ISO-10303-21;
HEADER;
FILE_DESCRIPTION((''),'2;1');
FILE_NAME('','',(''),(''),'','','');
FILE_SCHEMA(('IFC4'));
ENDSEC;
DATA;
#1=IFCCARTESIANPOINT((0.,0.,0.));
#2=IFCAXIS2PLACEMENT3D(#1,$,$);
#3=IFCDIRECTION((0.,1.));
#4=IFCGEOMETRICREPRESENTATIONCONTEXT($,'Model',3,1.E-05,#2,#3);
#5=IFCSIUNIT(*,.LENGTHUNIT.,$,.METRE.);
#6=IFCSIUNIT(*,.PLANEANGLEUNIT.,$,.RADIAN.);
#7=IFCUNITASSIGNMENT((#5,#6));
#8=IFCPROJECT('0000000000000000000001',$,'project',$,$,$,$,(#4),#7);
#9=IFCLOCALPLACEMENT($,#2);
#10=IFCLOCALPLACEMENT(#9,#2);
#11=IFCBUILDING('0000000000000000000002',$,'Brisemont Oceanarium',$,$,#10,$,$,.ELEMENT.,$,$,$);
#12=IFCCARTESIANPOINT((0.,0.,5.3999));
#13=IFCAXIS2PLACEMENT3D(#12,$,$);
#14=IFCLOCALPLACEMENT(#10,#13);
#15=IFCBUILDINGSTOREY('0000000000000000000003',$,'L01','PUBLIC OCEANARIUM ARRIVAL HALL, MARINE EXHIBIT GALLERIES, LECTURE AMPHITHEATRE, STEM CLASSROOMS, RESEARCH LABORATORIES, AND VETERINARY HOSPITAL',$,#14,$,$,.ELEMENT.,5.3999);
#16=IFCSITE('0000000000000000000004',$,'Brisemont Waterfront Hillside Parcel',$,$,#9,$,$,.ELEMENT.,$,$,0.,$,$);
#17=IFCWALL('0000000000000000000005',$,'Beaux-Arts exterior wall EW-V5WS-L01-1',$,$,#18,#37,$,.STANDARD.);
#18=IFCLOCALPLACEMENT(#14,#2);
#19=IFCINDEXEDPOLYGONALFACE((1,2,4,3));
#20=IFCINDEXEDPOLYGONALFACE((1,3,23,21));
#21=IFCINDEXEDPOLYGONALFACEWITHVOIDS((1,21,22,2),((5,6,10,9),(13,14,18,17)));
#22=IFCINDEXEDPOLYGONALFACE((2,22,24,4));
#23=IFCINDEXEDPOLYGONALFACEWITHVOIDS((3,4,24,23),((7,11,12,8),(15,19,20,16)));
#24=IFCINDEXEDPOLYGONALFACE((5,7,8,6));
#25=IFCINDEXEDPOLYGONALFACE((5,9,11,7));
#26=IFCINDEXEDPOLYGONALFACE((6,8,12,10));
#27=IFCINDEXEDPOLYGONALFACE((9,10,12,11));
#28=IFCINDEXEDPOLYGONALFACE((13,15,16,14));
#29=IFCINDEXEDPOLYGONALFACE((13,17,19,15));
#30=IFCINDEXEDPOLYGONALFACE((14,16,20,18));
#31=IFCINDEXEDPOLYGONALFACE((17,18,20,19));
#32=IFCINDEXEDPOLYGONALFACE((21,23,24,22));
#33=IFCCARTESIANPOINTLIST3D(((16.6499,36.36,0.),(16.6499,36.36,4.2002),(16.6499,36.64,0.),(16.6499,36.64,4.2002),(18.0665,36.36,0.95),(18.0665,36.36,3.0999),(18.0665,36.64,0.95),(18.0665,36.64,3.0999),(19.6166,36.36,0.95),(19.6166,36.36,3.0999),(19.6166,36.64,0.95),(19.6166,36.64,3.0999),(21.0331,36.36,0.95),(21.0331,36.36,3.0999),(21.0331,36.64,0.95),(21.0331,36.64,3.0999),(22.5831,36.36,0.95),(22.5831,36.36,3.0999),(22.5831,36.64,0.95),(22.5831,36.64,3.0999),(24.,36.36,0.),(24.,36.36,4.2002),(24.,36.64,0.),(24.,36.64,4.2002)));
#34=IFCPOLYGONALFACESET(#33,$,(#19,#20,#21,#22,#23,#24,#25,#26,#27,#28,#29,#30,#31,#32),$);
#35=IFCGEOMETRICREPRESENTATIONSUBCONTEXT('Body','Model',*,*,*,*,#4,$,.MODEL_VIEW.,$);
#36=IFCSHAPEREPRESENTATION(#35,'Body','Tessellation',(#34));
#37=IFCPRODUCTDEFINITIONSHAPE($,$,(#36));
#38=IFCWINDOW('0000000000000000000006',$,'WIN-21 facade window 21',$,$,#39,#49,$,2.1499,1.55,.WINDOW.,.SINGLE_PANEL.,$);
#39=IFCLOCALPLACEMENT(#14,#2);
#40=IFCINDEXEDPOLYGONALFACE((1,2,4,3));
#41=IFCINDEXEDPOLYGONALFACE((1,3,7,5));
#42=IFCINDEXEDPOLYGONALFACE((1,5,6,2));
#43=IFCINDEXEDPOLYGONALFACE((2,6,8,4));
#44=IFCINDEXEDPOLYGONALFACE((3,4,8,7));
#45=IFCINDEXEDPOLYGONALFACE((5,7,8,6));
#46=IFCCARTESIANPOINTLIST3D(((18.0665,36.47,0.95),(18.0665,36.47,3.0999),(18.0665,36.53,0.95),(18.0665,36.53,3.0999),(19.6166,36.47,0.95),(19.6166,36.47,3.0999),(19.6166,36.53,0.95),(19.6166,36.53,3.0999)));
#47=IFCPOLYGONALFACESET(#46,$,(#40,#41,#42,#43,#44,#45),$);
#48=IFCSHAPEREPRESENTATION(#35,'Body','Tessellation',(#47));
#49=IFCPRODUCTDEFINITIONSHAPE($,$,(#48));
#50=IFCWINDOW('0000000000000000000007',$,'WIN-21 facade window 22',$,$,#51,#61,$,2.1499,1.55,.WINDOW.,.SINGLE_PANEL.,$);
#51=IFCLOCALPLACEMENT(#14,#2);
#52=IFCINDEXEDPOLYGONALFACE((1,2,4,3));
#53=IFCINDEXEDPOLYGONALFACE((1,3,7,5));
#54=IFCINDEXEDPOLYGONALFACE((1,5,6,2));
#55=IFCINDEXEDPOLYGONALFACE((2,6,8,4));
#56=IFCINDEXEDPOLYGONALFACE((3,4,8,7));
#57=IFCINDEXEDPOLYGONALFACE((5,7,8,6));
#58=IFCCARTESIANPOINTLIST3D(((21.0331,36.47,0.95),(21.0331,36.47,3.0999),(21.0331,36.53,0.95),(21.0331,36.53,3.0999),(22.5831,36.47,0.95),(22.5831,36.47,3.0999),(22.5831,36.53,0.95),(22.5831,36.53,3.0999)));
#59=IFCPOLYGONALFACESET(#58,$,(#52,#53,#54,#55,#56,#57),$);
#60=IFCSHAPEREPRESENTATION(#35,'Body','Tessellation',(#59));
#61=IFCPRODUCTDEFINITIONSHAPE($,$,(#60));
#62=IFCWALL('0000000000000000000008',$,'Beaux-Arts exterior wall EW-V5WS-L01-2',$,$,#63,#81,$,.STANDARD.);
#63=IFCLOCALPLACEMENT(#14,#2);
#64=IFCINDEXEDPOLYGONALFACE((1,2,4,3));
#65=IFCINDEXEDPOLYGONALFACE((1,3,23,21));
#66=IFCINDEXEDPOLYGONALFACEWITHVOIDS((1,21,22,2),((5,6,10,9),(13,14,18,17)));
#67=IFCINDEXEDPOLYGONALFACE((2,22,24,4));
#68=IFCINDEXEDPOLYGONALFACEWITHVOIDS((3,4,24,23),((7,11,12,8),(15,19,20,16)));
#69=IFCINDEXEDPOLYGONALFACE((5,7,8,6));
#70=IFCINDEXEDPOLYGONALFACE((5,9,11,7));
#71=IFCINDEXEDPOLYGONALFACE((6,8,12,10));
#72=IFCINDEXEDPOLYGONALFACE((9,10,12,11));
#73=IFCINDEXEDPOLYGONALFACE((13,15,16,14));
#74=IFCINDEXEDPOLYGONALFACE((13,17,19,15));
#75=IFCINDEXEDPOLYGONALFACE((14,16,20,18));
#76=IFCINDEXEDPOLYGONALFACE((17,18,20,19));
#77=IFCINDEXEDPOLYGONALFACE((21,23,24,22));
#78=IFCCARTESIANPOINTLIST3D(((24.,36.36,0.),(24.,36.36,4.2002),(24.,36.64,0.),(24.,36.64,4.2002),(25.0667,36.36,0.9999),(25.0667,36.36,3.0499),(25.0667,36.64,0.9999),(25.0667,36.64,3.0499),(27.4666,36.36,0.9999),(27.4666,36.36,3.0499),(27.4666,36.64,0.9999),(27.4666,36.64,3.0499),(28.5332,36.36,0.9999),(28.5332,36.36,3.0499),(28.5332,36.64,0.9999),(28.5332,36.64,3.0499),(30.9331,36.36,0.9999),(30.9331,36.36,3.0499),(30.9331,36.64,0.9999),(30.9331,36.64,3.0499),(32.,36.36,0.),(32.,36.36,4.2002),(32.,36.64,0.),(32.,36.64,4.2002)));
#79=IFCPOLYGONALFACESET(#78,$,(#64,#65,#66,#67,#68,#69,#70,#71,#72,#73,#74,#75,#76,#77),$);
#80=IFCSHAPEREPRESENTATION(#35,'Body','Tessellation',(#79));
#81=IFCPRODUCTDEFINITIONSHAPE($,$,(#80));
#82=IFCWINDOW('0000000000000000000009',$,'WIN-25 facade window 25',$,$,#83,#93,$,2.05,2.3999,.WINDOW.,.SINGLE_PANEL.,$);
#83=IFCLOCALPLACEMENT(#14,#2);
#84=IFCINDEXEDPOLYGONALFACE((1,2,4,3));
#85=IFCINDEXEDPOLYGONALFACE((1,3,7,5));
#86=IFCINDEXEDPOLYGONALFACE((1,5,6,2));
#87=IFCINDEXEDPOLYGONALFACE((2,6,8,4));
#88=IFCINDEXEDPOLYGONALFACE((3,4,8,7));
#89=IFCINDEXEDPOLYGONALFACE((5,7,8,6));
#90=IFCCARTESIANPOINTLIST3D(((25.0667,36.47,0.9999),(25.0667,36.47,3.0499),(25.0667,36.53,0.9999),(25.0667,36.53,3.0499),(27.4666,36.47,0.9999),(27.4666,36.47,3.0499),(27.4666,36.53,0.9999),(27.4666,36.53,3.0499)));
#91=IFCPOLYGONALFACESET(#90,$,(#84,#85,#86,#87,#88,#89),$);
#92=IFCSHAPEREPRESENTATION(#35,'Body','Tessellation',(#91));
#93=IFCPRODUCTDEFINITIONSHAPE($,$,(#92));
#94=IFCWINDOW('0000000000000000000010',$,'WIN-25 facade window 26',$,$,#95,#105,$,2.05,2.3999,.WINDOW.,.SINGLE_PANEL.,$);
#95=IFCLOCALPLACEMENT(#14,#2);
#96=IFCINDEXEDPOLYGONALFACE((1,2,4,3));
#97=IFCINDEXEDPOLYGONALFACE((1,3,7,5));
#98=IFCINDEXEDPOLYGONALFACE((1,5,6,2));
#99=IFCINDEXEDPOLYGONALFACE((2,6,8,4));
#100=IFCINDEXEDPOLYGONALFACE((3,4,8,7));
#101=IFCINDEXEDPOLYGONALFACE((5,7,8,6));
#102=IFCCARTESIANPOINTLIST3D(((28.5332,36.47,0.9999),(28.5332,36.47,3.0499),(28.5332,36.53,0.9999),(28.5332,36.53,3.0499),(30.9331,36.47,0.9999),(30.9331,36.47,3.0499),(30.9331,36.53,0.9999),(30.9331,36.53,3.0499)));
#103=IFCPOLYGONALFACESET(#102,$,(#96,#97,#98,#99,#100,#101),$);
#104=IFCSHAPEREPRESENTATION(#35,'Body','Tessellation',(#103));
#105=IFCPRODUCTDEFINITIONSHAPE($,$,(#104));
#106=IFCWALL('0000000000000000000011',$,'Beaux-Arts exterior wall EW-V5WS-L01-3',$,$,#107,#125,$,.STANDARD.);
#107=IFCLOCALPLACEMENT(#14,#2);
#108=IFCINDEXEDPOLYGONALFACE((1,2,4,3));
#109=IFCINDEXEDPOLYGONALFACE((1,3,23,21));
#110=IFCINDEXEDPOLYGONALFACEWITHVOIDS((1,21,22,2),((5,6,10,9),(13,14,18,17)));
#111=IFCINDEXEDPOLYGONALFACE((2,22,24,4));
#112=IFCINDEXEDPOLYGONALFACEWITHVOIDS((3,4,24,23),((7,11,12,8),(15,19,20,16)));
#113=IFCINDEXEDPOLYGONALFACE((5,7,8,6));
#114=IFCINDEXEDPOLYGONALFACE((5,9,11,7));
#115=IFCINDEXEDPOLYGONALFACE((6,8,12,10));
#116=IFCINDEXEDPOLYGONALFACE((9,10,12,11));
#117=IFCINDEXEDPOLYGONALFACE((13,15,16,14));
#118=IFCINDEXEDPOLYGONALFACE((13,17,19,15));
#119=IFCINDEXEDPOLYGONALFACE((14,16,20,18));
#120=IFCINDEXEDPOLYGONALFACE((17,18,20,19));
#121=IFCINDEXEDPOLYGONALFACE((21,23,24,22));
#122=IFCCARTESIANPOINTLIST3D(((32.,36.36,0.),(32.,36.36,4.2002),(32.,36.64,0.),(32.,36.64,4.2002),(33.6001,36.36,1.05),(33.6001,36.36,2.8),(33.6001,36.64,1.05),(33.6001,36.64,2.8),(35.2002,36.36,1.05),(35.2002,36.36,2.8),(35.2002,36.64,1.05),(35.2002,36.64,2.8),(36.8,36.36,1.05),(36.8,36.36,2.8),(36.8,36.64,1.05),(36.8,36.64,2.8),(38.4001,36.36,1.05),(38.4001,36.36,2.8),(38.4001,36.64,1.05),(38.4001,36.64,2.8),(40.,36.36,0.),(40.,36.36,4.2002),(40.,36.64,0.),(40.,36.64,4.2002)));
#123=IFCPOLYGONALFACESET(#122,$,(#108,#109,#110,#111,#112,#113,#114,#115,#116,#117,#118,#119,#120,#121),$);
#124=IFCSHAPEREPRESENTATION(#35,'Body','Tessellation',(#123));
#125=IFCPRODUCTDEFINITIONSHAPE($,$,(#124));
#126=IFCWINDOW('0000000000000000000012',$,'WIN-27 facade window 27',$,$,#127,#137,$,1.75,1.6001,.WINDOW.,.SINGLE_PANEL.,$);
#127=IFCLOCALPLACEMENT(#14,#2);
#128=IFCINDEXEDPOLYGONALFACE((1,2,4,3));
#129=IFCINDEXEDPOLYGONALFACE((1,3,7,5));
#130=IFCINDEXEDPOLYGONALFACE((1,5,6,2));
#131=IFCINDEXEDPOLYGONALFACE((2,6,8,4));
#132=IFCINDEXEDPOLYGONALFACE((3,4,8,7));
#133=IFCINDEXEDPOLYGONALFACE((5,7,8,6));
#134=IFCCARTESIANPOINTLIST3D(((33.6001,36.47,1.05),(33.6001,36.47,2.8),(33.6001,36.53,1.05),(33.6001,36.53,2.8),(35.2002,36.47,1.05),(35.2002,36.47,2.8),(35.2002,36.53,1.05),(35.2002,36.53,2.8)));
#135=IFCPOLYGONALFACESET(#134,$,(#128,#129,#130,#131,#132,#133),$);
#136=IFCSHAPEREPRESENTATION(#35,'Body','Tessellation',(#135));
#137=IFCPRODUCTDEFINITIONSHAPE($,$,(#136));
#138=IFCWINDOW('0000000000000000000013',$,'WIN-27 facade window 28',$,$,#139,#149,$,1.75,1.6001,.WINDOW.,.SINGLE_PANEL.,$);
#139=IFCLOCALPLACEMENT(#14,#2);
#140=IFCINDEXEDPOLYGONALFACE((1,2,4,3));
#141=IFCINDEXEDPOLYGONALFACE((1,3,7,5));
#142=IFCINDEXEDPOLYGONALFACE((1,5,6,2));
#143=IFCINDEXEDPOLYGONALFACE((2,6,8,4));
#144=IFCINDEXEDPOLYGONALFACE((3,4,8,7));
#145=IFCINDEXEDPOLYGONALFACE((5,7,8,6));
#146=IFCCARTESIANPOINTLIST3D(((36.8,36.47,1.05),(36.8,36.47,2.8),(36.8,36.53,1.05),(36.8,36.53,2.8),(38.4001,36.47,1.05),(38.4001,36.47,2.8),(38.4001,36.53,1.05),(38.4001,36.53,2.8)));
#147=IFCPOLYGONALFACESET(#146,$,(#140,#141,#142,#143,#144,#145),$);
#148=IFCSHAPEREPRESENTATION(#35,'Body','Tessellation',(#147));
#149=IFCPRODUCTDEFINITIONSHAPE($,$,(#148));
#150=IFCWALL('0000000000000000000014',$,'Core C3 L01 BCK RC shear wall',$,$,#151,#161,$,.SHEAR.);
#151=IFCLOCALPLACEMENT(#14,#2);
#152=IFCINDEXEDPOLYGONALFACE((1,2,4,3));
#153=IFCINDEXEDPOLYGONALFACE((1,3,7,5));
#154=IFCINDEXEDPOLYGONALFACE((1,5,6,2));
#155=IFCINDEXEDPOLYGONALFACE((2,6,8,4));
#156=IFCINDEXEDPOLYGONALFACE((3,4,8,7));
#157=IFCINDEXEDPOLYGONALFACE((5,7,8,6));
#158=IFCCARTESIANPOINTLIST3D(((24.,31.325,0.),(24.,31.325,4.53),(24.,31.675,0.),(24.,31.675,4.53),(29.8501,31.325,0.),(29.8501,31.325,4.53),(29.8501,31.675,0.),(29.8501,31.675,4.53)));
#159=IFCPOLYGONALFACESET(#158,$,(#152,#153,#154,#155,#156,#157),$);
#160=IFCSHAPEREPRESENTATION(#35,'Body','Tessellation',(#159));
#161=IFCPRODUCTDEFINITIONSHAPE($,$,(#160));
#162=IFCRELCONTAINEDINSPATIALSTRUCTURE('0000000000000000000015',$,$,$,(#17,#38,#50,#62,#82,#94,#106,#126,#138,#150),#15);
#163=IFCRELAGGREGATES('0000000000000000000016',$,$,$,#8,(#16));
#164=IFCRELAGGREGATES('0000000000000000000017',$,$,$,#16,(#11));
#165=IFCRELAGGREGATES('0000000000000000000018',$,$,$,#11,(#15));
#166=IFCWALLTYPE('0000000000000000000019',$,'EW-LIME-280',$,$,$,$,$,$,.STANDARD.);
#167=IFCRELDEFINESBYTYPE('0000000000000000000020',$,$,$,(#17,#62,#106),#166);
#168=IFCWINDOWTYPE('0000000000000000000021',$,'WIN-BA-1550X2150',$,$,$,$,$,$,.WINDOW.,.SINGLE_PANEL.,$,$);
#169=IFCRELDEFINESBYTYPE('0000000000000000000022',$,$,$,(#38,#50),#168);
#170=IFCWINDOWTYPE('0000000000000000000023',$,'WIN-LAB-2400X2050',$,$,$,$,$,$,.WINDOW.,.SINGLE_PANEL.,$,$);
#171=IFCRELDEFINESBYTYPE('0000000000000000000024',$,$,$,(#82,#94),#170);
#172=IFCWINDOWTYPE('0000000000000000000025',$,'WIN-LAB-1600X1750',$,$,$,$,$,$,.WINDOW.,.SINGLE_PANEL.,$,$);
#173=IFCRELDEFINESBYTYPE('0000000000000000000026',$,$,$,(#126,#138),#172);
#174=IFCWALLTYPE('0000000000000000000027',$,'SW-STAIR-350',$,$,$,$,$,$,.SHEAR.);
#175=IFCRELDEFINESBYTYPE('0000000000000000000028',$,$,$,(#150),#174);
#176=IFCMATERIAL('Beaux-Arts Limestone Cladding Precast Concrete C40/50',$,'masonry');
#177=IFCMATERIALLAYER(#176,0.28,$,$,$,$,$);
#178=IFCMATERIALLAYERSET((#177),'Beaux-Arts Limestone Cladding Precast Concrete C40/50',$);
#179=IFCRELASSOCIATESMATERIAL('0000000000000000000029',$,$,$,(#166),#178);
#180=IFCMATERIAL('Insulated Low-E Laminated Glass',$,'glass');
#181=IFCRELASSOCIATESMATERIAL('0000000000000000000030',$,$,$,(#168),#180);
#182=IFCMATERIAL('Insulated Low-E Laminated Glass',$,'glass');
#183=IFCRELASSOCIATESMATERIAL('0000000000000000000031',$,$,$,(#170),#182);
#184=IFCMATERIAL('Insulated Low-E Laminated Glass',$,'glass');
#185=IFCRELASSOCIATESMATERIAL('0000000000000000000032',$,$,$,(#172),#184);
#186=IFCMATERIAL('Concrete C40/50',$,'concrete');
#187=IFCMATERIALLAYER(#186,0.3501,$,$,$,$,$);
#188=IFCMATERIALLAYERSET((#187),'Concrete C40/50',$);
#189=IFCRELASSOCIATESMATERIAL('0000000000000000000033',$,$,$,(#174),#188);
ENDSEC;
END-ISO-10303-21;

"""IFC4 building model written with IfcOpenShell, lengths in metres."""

from ifc_helpers import new_model, si_unit, direction, frame, frame_2d, origin, place, context, subcontext, project, spatial, rectangle, extrude, material, layer, layer_set, type_object, element, fill, save


model = new_model("IFC4")

# Units and contexts
model_context = context("Model", 3, precision=1e-05, world=origin(), true_north=direction((0.0, 1.0)))
body_context = subcontext(model_context, "Body", "Model", "MODEL_VIEW")
ifc_project = project(units=[si_unit("LENGTHUNIT", "METRE"), si_unit("PLANEANGLEUNIT", "RADIAN")], contexts=[model_context])

# Site, building, storey
site_placement = place(None, origin())
site = spatial("IfcSite", under=ifc_project, at=site_placement, Name="Brisemont Waterfront Hillside Parcel", CompositionType="ELEMENT", RefElevation=0.0)
building_placement = place(site_placement, origin())
building = spatial("IfcBuilding", under=site, at=building_placement, Name="Brisemont Oceanarium", CompositionType="ELEMENT")
storey_placement = place(building_placement, frame((0.0, 0.0, 5.3999)))
storey = spatial("IfcBuildingStorey", under=building, at=storey_placement, Name="L01", Description="PUBLIC OCEANARIUM ARRIVAL HALL, MARINE EXHIBIT GALLERIES, LECTURE AMPHITHEATRE, STEM CLASSROOMS, RESEARCH LABORATORIES, AND VETERINARY HOSPITAL", CompositionType="ELEMENT", Elevation=5.3999)

# Walls, openings, windows
ifc_material_1 = material(Name="Beaux-Arts Limestone Cladding Precast Concrete C40/50", Category="masonry")
ifc_layer_1 = layer(ifc_material_1, 0.28)
ifc_layer_set_1 = layer_set([ifc_layer_1], Name="Beaux-Arts Limestone Cladding Precast Concrete C40/50")
wall_type_1 = type_object("IfcWallType", Name="EW-LIME-280", PredefinedType="STANDARD", material=ifc_layer_set_1)
wall_1_placement = place(storey_placement, frame((16.6499, 36.5, 0.0), z_axis=(0.0, 0.0, 1.0), x_axis=(1.0, 0.0, 0.0)))
wall_1 = element("IfcWall", 1, at=wall_1_placement, inside=storey, type_object=wall_type_1, Name="Beaux-Arts exterior wall EW-V5WS-L01-1", PredefinedType="STANDARD", context=body_context, shape_type="SweptSolid", body=[
    extrude(rectangle(XDim=7.3501, YDim=0.28, at=frame_2d((3.675, 0.0))), origin(), (0.0, 0.0, 1.0), 4.2002),
])
opening_1_placement = place(wall_1_placement, frame((1.4167, 0.0, 0.95)))
opening_1 = element("IfcOpeningElement", 2, at=opening_1_placement, cuts=wall_1, PredefinedType="OPENING", context=body_context, shape_type="SweptSolid", body=[
    extrude(rectangle(XDim=1.55, YDim=2.1499, at=frame_2d((0.7749, 1.075))), frame((0.0, 0.1499, 0.0), z_axis=(0.0, -1.0, 0.0), x_axis=(1.0, 0.0, 0.0)), (0.0, 0.0, 1.0), 0.3),
])
opening_2_placement = place(wall_1_placement, frame((4.3833, 0.0, 0.95)))
opening_2 = element("IfcOpeningElement", 3, at=opening_2_placement, cuts=wall_1, PredefinedType="OPENING", context=body_context, shape_type="SweptSolid", body=[
    extrude(rectangle(XDim=1.55, YDim=2.1499, at=frame_2d((0.7749, 1.075))), frame((0.0, 0.1499, 0.0), z_axis=(0.0, -1.0, 0.0), x_axis=(1.0, 0.0, 0.0)), (0.0, 0.0, 1.0), 0.3),
])
ifc_material_2 = material(Name="Insulated Low-E Laminated Glass", Category="glass")
window_type_1 = type_object("IfcWindowType", Name="WIN-BA-1550X2150", PartitioningType="SINGLE_PANEL", PredefinedType="WINDOW", material=ifc_material_2)
window_1_placement = place(opening_1_placement, origin())
window_1 = element("IfcWindow", 4, at=window_1_placement, inside=storey, type_object=window_type_1, Name="WIN-21 facade window 21", OverallHeight=2.1499, OverallWidth=1.55, PartitioningType="SINGLE_PANEL", PredefinedType="WINDOW", context=body_context, shape_type="SweptSolid", body=[
    extrude(rectangle(XDim=1.55, YDim=2.1499, at=frame_2d((0.7749, 1.075))), frame((0.0, 0.03, 0.0), z_axis=(0.0, -1.0, 0.0), x_axis=(1.0, 0.0, 0.0)), (0.0, 0.0, 1.0), 0.0601),
])
fill(opening_1, window_1)
window_2_placement = place(opening_2_placement, origin())
window_2 = element("IfcWindow", 5, at=window_2_placement, inside=storey, type_object=window_type_1, Name="WIN-21 facade window 22", OverallHeight=2.1499, OverallWidth=1.55, PartitioningType="SINGLE_PANEL", PredefinedType="WINDOW", context=body_context, shape_type="SweptSolid", body=[
    extrude(rectangle(XDim=1.55, YDim=2.1499, at=frame_2d((0.7749, 1.075))), frame((0.0, 0.03, 0.0), z_axis=(0.0, -1.0, 0.0), x_axis=(1.0, 0.0, 0.0)), (0.0, 0.0, 1.0), 0.0601),
])
fill(opening_2, window_2)
wall_2_placement = place(storey_placement, frame((24.0, 36.5, 0.0), z_axis=(0.0, 0.0, 1.0), x_axis=(1.0, 0.0, 0.0)))
wall_2 = element("IfcWall", 6, at=wall_2_placement, inside=storey, type_object=wall_type_1, Name="Beaux-Arts exterior wall EW-V5WS-L01-2", PredefinedType="STANDARD", context=body_context, shape_type="SweptSolid", body=[
    extrude(rectangle(XDim=8.0, YDim=0.28, at=frame_2d((4.0, 0.0))), origin(), (0.0, 0.0, 1.0), 4.2002),
])
opening_3_placement = place(wall_2_placement, frame((1.0667, 0.0, 1.0)))
opening_3 = element("IfcOpeningElement", 7, at=opening_3_placement, cuts=wall_2, PredefinedType="OPENING", context=body_context, shape_type="SweptSolid", body=[
    extrude(rectangle(XDim=2.3999, YDim=2.05, at=frame_2d((1.2, 1.0249))), frame((0.0, 0.1499, 0.0), z_axis=(0.0, -1.0, 0.0), x_axis=(1.0, 0.0, 0.0)), (0.0, 0.0, 1.0), 0.3),
])
opening_4_placement = place(wall_2_placement, frame((4.5332, 0.0, 1.0)))
opening_4 = element("IfcOpeningElement", 8, at=opening_4_placement, cuts=wall_2, PredefinedType="OPENING", context=body_context, shape_type="SweptSolid", body=[
    extrude(rectangle(XDim=2.3999, YDim=2.05, at=frame_2d((1.2, 1.0249))), frame((0.0, 0.1499, 0.0), z_axis=(0.0, -1.0, 0.0), x_axis=(1.0, 0.0, 0.0)), (0.0, 0.0, 1.0), 0.3),
])
ifc_material_3 = material(Name="Insulated Low-E Laminated Glass", Category="glass")
window_type_2 = type_object("IfcWindowType", Name="WIN-LAB-2400X2050", PartitioningType="SINGLE_PANEL", PredefinedType="WINDOW", material=ifc_material_3)
window_3_placement = place(opening_3_placement, origin())
window_3 = element("IfcWindow", 9, at=window_3_placement, inside=storey, type_object=window_type_2, Name="WIN-25 facade window 25", OverallHeight=2.05, OverallWidth=2.3999, PartitioningType="SINGLE_PANEL", PredefinedType="WINDOW", context=body_context, shape_type="SweptSolid", body=[
    extrude(rectangle(XDim=2.3999, YDim=2.05, at=frame_2d((1.2, 1.0249))), frame((0.0, 0.03, 0.0), z_axis=(0.0, -1.0, 0.0), x_axis=(1.0, 0.0, 0.0)), (0.0, 0.0, 1.0), 0.0601),
])
fill(opening_3, window_3)
window_4_placement = place(opening_4_placement, origin())
window_4 = element("IfcWindow", 10, at=window_4_placement, inside=storey, type_object=window_type_2, Name="WIN-25 facade window 26", OverallHeight=2.05, OverallWidth=2.3999, PartitioningType="SINGLE_PANEL", PredefinedType="WINDOW", context=body_context, shape_type="SweptSolid", body=[
    extrude(rectangle(XDim=2.3999, YDim=2.05, at=frame_2d((1.2, 1.0249))), frame((0.0, 0.03, 0.0), z_axis=(0.0, -1.0, 0.0), x_axis=(1.0, 0.0, 0.0)), (0.0, 0.0, 1.0), 0.0601),
])
fill(opening_4, window_4)
wall_3_placement = place(storey_placement, frame((32.0, 36.5, 0.0), z_axis=(0.0, 0.0, 1.0), x_axis=(1.0, 0.0, 0.0)))
wall_3 = element("IfcWall", 11, at=wall_3_placement, inside=storey, type_object=wall_type_1, Name="Beaux-Arts exterior wall EW-V5WS-L01-3", PredefinedType="STANDARD", context=body_context, shape_type="SweptSolid", body=[
    extrude(rectangle(XDim=8.0, YDim=0.28, at=frame_2d((4.0, 0.0))), origin(), (0.0, 0.0, 1.0), 4.2002),
])
opening_5_placement = place(wall_3_placement, frame((1.6001, 0.0, 1.05)))
opening_5 = element("IfcOpeningElement", 12, at=opening_5_placement, cuts=wall_3, PredefinedType="OPENING", context=body_context, shape_type="SweptSolid", body=[
    extrude(rectangle(XDim=1.6001, YDim=1.75, at=frame_2d((0.8, 0.875))), frame((0.0, 0.1499, 0.0), z_axis=(0.0, -1.0, 0.0), x_axis=(1.0, 0.0, 0.0)), (0.0, 0.0, 1.0), 0.3),
])
opening_6_placement = place(wall_3_placement, frame((4.8, 0.0, 1.05)))
opening_6 = element("IfcOpeningElement", 13, at=opening_6_placement, cuts=wall_3, PredefinedType="OPENING", context=body_context, shape_type="SweptSolid", body=[
    extrude(rectangle(XDim=1.6001, YDim=1.75, at=frame_2d((0.8, 0.875))), frame((0.0, 0.1499, 0.0), z_axis=(0.0, -1.0, 0.0), x_axis=(1.0, 0.0, 0.0)), (0.0, 0.0, 1.0), 0.3),
])
ifc_material_4 = material(Name="Insulated Low-E Laminated Glass", Category="glass")
window_type_3 = type_object("IfcWindowType", Name="WIN-LAB-1600X1750", PartitioningType="SINGLE_PANEL", PredefinedType="WINDOW", material=ifc_material_4)
window_5_placement = place(opening_5_placement, origin())
window_5 = element("IfcWindow", 14, at=window_5_placement, inside=storey, type_object=window_type_3, Name="WIN-27 facade window 27", OverallHeight=1.75, OverallWidth=1.6001, PartitioningType="SINGLE_PANEL", PredefinedType="WINDOW", context=body_context, shape_type="SweptSolid", body=[
    extrude(rectangle(XDim=1.6001, YDim=1.75, at=frame_2d((0.8, 0.875))), frame((0.0, 0.03, 0.0), z_axis=(0.0, -1.0, 0.0), x_axis=(1.0, 0.0, 0.0)), (0.0, 0.0, 1.0), 0.0601),
])
fill(opening_5, window_5)
window_6_placement = place(opening_6_placement, origin())
window_6 = element("IfcWindow", 15, at=window_6_placement, inside=storey, type_object=window_type_3, Name="WIN-27 facade window 28", OverallHeight=1.75, OverallWidth=1.6001, PartitioningType="SINGLE_PANEL", PredefinedType="WINDOW", context=body_context, shape_type="SweptSolid", body=[
    extrude(rectangle(XDim=1.6001, YDim=1.75, at=frame_2d((0.8, 0.875))), frame((0.0, 0.03, 0.0), z_axis=(0.0, -1.0, 0.0), x_axis=(1.0, 0.0, 0.0)), (0.0, 0.0, 1.0), 0.0601),
])
fill(opening_6, window_6)

# Wall
ifc_material_5 = material(Name="Concrete C40/50", Category="concrete")
ifc_layer_2 = layer(ifc_material_5, 0.3501)
ifc_layer_set_2 = layer_set([ifc_layer_2], Name="Concrete C40/50")
wall_type_2 = type_object("IfcWallType", Name="SW-STAIR-350", PredefinedType="SHEAR", material=ifc_layer_set_2)
wall_4_placement = place(storey_placement, frame((24.0, 31.5, 0.0), z_axis=(0.0, 0.0, 1.0), x_axis=(1.0, 0.0, 0.0)))
element("IfcWall", 16, at=wall_4_placement, inside=storey, type_object=wall_type_2, Name="Core C3 L01 BCK RC shear wall", PredefinedType="SHEAR", context=body_context, shape_type="SweptSolid", body=[
    extrude(rectangle(XDim=5.8501, YDim=0.3501, at=frame_2d((2.925, 0.0))), origin(), (0.0, 0.0, 1.0), 4.53),
])

save(model, "model.ifc")
